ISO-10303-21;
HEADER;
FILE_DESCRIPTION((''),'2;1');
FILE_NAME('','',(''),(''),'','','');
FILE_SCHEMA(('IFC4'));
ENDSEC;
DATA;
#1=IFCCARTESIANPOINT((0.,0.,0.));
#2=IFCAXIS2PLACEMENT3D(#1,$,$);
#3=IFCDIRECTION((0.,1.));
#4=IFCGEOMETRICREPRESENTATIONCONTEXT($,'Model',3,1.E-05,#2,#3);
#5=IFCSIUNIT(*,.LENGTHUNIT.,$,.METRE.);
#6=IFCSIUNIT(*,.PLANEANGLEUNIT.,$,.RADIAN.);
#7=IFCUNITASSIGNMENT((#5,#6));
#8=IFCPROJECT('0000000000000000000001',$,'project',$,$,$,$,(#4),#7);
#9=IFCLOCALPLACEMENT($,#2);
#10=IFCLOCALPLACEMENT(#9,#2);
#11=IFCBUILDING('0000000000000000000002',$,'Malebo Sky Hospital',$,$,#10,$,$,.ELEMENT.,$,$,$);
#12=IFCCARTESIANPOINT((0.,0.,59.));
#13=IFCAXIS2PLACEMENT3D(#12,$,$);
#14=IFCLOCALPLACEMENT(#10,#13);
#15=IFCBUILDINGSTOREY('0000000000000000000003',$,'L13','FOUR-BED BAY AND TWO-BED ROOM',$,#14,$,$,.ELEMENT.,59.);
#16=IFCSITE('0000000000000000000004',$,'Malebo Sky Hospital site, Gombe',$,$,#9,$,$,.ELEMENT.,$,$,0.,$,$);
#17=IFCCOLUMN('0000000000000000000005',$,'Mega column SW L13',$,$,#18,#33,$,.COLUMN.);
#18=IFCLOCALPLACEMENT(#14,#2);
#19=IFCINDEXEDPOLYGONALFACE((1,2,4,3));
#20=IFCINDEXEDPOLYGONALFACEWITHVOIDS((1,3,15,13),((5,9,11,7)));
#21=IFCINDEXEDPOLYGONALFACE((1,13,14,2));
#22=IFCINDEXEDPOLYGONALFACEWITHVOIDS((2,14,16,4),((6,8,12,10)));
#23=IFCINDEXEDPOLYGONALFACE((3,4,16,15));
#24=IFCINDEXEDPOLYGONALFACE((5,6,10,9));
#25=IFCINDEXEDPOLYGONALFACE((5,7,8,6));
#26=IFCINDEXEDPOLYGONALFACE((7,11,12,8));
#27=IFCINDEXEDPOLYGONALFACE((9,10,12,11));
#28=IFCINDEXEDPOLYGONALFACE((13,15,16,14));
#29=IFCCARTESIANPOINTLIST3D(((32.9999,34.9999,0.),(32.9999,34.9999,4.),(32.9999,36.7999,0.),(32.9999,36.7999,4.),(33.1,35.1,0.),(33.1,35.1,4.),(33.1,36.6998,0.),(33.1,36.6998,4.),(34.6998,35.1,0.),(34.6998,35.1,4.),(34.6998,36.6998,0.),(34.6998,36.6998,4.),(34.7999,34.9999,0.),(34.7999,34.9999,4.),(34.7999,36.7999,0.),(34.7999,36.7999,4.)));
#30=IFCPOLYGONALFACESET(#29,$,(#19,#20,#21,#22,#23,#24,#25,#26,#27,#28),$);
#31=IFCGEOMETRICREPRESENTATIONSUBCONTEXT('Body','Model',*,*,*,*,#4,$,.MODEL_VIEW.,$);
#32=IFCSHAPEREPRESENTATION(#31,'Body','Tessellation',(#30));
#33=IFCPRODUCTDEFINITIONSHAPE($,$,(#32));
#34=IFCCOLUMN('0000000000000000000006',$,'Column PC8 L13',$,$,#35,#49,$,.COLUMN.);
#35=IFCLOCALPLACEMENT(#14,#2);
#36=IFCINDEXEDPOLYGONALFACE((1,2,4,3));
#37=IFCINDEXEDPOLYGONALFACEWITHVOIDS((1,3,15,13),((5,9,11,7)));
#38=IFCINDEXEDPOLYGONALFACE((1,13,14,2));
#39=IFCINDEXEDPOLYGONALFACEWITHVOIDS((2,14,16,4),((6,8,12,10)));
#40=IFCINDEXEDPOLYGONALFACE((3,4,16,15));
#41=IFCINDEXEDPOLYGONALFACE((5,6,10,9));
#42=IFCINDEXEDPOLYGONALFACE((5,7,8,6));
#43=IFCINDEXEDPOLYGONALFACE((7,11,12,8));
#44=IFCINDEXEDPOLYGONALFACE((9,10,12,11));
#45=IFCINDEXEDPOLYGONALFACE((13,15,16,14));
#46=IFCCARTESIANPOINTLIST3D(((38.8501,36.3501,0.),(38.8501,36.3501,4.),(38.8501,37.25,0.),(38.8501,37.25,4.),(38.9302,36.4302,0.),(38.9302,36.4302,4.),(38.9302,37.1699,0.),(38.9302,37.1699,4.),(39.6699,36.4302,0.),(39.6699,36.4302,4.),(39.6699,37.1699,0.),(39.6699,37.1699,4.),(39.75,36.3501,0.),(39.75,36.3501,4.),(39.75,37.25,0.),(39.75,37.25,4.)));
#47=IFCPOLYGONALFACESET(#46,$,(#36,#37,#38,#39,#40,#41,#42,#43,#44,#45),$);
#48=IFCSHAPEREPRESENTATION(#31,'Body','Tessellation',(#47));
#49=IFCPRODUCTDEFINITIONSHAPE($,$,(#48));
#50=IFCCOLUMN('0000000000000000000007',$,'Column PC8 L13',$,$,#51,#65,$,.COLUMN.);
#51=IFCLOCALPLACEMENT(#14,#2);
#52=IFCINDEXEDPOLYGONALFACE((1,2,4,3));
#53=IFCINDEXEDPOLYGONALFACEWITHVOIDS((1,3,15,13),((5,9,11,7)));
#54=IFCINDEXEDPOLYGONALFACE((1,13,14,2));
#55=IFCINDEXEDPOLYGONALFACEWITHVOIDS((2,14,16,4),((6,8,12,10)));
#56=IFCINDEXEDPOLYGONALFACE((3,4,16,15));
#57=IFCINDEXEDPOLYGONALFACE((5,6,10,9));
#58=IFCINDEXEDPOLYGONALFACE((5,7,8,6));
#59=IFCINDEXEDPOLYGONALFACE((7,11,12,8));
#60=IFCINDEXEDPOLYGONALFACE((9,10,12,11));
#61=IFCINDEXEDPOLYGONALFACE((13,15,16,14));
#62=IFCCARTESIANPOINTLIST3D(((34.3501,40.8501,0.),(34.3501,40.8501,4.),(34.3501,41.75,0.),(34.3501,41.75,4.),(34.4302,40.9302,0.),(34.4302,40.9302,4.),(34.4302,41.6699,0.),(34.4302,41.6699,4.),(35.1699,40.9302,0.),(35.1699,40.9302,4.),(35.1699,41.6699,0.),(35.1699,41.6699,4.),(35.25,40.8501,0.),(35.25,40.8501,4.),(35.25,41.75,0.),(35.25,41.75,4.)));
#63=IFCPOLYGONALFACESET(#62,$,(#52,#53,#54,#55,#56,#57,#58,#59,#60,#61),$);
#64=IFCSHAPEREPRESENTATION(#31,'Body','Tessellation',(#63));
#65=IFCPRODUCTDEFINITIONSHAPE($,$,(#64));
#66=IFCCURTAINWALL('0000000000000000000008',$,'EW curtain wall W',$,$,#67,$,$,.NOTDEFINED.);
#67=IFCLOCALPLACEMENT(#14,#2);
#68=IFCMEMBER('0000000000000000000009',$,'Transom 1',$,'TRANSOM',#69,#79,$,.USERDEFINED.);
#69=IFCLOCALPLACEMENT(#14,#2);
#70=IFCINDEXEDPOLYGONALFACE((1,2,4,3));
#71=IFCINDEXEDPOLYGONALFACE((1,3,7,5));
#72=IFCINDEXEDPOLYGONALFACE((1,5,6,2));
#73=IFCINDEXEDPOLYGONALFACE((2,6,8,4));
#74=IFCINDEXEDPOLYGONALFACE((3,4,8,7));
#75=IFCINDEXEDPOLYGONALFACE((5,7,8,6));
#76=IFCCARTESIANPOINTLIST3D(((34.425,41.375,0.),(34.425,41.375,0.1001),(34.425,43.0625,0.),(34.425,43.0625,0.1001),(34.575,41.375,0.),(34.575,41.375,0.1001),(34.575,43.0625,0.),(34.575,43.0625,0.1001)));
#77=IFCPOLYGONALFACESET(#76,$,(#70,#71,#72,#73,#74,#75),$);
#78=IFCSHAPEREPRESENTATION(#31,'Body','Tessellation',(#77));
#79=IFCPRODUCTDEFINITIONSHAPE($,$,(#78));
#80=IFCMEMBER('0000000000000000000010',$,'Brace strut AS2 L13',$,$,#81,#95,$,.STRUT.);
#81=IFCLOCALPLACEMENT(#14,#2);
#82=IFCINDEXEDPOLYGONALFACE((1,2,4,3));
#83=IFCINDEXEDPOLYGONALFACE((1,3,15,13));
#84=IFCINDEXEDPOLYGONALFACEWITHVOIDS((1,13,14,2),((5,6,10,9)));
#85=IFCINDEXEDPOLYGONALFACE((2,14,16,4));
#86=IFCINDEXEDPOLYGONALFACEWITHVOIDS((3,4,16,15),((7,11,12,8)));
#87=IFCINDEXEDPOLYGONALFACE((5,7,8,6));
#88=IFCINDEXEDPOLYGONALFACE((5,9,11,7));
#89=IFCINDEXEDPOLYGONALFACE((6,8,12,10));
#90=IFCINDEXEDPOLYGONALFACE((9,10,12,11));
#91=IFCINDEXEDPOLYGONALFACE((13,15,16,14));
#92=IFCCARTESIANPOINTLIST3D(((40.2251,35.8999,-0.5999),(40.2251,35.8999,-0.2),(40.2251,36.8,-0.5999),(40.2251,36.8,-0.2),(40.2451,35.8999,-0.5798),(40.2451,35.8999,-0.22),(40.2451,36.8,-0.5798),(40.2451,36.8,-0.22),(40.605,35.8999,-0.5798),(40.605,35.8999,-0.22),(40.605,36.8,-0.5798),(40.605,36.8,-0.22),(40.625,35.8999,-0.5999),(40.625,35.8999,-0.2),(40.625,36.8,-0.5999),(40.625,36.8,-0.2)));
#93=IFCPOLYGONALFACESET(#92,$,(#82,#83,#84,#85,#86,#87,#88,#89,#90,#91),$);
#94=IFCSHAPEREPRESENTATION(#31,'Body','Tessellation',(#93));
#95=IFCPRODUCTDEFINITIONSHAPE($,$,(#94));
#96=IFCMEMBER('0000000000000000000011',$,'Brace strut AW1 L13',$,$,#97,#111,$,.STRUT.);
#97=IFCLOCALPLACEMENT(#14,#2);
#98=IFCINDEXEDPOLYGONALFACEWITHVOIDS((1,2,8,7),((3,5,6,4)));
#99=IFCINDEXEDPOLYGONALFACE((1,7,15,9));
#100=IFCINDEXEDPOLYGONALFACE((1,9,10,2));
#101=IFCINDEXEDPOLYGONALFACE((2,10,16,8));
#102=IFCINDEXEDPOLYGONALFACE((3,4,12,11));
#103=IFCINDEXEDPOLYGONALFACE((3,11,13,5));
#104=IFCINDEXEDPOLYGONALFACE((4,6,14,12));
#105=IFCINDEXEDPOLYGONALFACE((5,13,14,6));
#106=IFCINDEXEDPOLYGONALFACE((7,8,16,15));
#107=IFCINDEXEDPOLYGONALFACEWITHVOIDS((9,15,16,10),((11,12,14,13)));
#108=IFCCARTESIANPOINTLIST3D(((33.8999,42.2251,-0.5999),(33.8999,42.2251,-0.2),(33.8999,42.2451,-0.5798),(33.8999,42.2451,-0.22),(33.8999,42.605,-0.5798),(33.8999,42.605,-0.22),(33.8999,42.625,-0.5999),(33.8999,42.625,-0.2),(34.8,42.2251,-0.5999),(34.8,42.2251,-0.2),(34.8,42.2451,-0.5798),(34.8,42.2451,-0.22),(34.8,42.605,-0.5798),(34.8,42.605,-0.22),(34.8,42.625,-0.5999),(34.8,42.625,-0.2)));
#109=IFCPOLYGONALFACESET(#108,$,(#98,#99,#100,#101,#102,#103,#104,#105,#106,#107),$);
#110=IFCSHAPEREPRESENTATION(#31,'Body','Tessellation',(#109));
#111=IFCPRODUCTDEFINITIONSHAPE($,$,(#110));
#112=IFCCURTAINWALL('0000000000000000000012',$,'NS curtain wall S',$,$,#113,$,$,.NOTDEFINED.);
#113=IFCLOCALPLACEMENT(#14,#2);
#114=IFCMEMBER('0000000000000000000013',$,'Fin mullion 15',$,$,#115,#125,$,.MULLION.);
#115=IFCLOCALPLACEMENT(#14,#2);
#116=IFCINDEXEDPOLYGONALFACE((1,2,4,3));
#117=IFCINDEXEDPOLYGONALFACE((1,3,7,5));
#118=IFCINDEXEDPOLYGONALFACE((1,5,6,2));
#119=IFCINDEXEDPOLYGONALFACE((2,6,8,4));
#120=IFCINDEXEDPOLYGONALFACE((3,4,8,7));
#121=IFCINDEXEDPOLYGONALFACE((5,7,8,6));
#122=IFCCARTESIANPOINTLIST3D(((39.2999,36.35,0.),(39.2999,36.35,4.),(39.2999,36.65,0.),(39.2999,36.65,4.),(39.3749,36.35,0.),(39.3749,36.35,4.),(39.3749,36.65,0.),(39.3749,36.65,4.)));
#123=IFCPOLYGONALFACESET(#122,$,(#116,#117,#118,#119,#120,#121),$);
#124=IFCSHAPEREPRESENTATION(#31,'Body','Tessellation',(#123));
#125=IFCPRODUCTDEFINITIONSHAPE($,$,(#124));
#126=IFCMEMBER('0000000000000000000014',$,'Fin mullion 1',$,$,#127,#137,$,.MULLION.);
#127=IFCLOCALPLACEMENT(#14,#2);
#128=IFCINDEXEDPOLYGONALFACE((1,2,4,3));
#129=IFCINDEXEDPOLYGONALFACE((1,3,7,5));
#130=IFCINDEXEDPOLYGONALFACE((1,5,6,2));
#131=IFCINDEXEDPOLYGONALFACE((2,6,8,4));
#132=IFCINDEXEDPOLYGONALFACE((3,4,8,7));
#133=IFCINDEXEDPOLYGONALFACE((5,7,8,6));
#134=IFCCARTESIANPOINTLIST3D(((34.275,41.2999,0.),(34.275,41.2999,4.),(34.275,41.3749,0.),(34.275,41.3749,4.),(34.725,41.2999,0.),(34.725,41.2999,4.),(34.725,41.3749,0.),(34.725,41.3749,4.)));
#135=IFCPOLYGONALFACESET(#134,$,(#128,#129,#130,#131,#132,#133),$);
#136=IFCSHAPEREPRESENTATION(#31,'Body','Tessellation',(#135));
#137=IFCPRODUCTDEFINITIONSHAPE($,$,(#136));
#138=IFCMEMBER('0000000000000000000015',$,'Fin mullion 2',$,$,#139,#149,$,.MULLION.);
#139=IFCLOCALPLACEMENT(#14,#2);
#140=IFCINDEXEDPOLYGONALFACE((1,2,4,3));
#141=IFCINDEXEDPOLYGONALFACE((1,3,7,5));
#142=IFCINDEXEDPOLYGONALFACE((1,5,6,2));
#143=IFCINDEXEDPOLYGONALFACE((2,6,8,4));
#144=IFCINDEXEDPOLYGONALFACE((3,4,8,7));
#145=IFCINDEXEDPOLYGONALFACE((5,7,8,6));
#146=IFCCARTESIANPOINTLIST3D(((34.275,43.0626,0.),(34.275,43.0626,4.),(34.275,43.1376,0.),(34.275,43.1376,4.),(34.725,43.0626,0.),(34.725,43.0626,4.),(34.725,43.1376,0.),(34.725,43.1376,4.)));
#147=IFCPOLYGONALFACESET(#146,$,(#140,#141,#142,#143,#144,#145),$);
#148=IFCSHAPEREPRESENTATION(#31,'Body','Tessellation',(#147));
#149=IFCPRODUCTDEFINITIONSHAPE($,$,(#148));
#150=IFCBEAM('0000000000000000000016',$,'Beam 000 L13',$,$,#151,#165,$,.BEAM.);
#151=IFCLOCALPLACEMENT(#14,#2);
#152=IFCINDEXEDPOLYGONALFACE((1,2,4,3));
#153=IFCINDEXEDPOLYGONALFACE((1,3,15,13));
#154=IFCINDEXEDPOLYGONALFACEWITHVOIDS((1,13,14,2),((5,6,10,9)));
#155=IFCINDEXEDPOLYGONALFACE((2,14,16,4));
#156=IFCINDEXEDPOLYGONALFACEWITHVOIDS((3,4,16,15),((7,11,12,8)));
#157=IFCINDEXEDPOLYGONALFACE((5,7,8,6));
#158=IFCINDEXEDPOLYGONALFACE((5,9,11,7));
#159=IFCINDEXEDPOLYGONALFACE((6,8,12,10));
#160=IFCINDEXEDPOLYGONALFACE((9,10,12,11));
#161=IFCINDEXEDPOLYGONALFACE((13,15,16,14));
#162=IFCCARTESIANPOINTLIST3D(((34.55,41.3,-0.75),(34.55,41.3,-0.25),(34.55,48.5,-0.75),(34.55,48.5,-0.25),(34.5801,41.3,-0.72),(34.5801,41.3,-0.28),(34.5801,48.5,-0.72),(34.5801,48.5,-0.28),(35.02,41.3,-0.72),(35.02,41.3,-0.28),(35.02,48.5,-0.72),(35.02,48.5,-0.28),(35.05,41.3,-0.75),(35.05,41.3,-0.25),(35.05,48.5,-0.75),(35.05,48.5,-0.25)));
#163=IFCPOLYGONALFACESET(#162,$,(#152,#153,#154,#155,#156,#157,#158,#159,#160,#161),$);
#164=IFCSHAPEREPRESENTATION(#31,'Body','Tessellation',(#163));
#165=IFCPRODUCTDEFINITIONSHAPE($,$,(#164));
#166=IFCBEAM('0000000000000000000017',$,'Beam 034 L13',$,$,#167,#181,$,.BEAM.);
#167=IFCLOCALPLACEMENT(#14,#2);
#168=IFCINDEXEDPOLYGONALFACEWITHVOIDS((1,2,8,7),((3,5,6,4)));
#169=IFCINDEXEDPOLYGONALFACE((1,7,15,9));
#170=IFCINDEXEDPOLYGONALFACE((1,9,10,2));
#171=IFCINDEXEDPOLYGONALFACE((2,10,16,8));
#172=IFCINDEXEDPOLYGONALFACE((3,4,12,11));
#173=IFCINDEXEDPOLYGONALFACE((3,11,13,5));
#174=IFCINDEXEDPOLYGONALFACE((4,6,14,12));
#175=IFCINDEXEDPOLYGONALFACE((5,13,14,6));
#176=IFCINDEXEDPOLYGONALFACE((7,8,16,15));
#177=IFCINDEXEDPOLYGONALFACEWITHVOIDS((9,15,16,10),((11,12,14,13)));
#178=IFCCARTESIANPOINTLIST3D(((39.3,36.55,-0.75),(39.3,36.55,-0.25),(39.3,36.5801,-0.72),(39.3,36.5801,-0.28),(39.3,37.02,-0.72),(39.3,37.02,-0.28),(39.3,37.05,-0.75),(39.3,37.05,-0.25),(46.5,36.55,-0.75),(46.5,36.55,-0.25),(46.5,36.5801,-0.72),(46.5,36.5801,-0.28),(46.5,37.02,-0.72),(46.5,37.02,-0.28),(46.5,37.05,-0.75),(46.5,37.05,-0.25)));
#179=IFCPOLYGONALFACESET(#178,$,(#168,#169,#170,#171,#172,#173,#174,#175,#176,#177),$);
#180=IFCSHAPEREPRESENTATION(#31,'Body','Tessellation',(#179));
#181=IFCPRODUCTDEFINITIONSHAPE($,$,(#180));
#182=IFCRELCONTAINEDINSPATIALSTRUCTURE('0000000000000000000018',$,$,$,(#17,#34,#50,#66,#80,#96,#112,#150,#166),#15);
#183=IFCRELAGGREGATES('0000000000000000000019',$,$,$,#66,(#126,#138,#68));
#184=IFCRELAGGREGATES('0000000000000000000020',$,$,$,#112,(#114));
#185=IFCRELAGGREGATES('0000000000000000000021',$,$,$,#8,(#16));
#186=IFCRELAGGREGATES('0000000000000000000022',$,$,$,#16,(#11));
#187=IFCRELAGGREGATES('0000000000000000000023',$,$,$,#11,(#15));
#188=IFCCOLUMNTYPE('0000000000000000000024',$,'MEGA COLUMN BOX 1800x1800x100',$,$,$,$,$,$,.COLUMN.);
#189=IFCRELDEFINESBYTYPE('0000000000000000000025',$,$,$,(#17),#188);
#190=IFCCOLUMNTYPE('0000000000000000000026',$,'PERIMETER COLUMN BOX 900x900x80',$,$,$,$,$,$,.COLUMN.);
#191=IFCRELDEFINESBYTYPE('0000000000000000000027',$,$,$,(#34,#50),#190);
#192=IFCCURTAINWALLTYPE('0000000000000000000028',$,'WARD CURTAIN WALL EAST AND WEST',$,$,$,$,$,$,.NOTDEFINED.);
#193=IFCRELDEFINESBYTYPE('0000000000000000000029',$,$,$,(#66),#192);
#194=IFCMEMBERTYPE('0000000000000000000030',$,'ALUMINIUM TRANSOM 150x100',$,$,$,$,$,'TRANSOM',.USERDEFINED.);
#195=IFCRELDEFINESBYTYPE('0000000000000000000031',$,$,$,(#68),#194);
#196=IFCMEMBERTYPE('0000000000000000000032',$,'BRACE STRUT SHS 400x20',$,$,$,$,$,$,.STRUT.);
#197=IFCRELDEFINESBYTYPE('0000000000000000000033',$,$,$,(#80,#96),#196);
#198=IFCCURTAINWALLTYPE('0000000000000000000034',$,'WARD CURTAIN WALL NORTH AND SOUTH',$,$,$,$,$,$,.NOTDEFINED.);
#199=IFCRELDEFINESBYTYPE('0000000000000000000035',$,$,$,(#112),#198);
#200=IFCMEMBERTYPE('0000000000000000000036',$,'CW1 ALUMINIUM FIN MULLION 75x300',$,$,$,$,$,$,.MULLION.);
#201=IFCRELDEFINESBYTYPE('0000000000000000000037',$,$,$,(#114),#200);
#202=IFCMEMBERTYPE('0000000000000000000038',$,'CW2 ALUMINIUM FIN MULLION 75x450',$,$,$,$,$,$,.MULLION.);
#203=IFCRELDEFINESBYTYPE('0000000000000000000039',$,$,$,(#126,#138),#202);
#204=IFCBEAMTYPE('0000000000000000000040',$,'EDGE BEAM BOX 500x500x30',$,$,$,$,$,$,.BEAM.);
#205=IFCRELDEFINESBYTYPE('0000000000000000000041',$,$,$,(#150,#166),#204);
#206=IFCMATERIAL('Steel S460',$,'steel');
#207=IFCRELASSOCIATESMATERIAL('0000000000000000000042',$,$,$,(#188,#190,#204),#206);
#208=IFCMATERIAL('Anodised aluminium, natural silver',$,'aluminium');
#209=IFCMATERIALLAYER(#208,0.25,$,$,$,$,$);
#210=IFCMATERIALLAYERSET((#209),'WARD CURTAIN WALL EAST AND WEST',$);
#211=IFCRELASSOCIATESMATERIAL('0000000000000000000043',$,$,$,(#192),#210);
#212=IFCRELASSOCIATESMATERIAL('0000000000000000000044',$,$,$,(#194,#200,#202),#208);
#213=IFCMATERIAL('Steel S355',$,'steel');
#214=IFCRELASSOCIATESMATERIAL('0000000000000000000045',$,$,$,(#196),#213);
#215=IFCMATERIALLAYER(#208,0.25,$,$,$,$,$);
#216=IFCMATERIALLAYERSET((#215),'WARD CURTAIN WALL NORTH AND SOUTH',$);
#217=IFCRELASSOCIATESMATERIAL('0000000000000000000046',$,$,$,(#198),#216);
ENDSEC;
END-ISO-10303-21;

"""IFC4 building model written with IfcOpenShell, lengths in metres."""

from ifc_helpers import new_model, si_unit, direction, frame, origin, origin_2d, place, context, subcontext, project, spatial, rectangle, hollow_rectangle, extrude, material, layer, layer_set, material_profile, profile_set, type_object, element, aggregate, save


model = new_model("IFC4")

# Units and contexts
model_context = context("Model", 3, precision=1e-05, world=origin(), true_north=direction((0.0, 1.0)))
body_context = subcontext(model_context, "Body", "Model", "MODEL_VIEW")
ifc_project = project(units=[si_unit("LENGTHUNIT", "METRE"), si_unit("PLANEANGLEUNIT", "RADIAN")], contexts=[model_context])

# Site, building, storey
site_placement = place(None, origin())
site = spatial("IfcSite", under=ifc_project, at=site_placement, Name="Malebo Sky Hospital site, Gombe", CompositionType="ELEMENT", RefElevation=0.0)
building_placement = place(site_placement, origin())
building = spatial("IfcBuilding", under=site, at=building_placement, Name="Malebo Sky Hospital", CompositionType="ELEMENT")
storey_placement = place(building_placement, frame((0.0, 0.0, 59.0)))
storey = spatial("IfcBuildingStorey", under=building, at=storey_placement, Name="L13", Description="FOUR-BED BAY AND TWO-BED ROOM", CompositionType="ELEMENT", Elevation=59.0)

# Columns
ifc_material_1 = material(Name="Steel S460", Category="steel")
ifc_material_profile_1 = material_profile(ifc_material_1, hollow_rectangle(XDim=1.8, YDim=1.8, WallThickness=0.1001, at=origin_2d()), Name="BOX 1800x1800x100")
ifc_profile_set_1 = profile_set([ifc_material_profile_1], Name="Steel S460")
column_type_1 = type_object("IfcColumnType", Name="MEGA COLUMN BOX 1800x1800x100", PredefinedType="COLUMN", material=ifc_profile_set_1)
column_placement = place(storey_placement, frame((33.8999, 35.8999, 0.0), z_axis=(0.0, 0.0, 1.0), x_axis=(1.0, 0.0, 0.0)))
element("IfcColumn", 1, at=column_placement, inside=storey, type_object=column_type_1, Name="Mega column SW L13", PredefinedType="COLUMN", context=body_context, shape_type="SweptSolid", body=[
    extrude(hollow_rectangle(XDim=1.8, YDim=1.8, WallThickness=0.1001, at=origin_2d()), origin(), (0.0, 0.0, 1.0), 4.0),
])
ifc_material_profile_2 = material_profile(ifc_material_1, hollow_rectangle(XDim=0.8999, YDim=0.8999, WallThickness=0.0801, at=origin_2d()), Name="BOX 900x900x80")
ifc_profile_set_2 = profile_set([ifc_material_profile_2], Name="Steel S460")
column_type_2 = type_object("IfcColumnType", Name="PERIMETER COLUMN BOX 900x900x80", PredefinedType="COLUMN", material=ifc_profile_set_2)
for number, where, z_axis, x_axis, name in (
    (2, (39.3, 36.8, 0.0), (0.0, 0.0, 1.0), (1.0, 0.0, 0.0), "Column PC8 L13"),
    (3, (34.8, 41.3, 0.0), (0.0, 0.0, 1.0), (1.0, 0.0, 0.0), "Column PC8 L13"),
):
    element("IfcColumn", number, at=place(storey_placement, frame(where, z_axis=z_axis, x_axis=x_axis)), inside=storey, type_object=column_type_2, Name=name, PredefinedType="COLUMN", context=body_context, shape_type="SweptSolid", body=[
        extrude(hollow_rectangle(XDim=0.8999, YDim=0.8999, WallThickness=0.0801, at=origin_2d()), origin(), (0.0, 0.0, 1.0), 4.0),
    ])

# Curtain wall, member
ifc_material_2 = material(Name="Anodised aluminium, natural silver", Category="aluminium")
ifc_layer_1 = layer(ifc_material_2, 0.25)
ifc_layer_set_1 = layer_set([ifc_layer_1], Name="WARD CURTAIN WALL EAST AND WEST")
curtain_wall_type_1 = type_object("IfcCurtainWallType", Name="WARD CURTAIN WALL EAST AND WEST", PredefinedType="NOTDEFINED", material=ifc_layer_set_1)
curtain_wall_1_placement = place(storey_placement, origin())
curtain_wall_1 = element("IfcCurtainWall", 4, at=curtain_wall_1_placement, inside=storey, type_object=curtain_wall_type_1, Name="EW curtain wall W", PredefinedType="NOTDEFINED")
ifc_material_profile_3 = material_profile(ifc_material_2, rectangle(XDim=0.1499, YDim=0.1001, at=origin_2d()), Name="ALUMINIUM TRANSOM 150x100")
ifc_profile_set_3 = profile_set([ifc_material_profile_3], Name="Anodised aluminium, natural silver")
member_type_1 = type_object("IfcMemberType", Name="ALUMINIUM TRANSOM 150x100", ElementType="TRANSOM", PredefinedType="USERDEFINED", material=ifc_profile_set_3)
member_1_placement = place(storey_placement, frame((34.5, 41.375, 0.05), z_axis=(0.0, 1.0, 0.0), x_axis=(-1.0, 0.0, 0.0)))
member_1 = element("IfcMember", 5, at=member_1_placement, type_object=member_type_1, Name="Transom 1", ObjectType="TRANSOM", PredefinedType="USERDEFINED", context=body_context, shape_type="SweptSolid", body=[
    extrude(rectangle(XDim=0.1499, YDim=0.1001, at=origin_2d()), origin(), (0.0, 0.0, 1.0), 1.6875),
])

# Members
ifc_material_3 = material(Name="Steel S355", Category="steel")
ifc_material_profile_4 = material_profile(ifc_material_3, hollow_rectangle(XDim=0.3999, YDim=0.3999, WallThickness=0.02, at=origin_2d()), Name="SHS 400x20")
ifc_profile_set_4 = profile_set([ifc_material_profile_4], Name="Steel S355")
member_type_2 = type_object("IfcMemberType", Name="BRACE STRUT SHS 400x20", PredefinedType="STRUT", material=ifc_profile_set_4)
for number, where, z_axis, x_axis, name in (
    (6, (40.425, 35.8999, -0.3999), (0.0, 1.0, 0.0), (-1.0, 0.0, 0.0), "Brace strut AS2 L13"),
    (7, (33.8999, 42.425, -0.3999), (1.0, 0.0, 0.0), (0.0, 1.0, 0.0), "Brace strut AW1 L13"),
):
    element("IfcMember", number, at=place(storey_placement, frame(where, z_axis=z_axis, x_axis=x_axis)), inside=storey, type_object=member_type_2, Name=name, PredefinedType="STRUT", context=body_context, shape_type="SweptSolid", body=[
        extrude(hollow_rectangle(XDim=0.3999, YDim=0.3999, WallThickness=0.02, at=origin_2d()), origin(), (0.0, 0.0, 1.0), 0.9001),
    ])

# Curtain wall, member
ifc_layer_2 = layer(ifc_material_2, 0.25)
ifc_layer_set_2 = layer_set([ifc_layer_2], Name="WARD CURTAIN WALL NORTH AND SOUTH")
curtain_wall_type_2 = type_object("IfcCurtainWallType", Name="WARD CURTAIN WALL NORTH AND SOUTH", PredefinedType="NOTDEFINED", material=ifc_layer_set_2)
curtain_wall_2_placement = place(storey_placement, origin())
curtain_wall_2 = element("IfcCurtainWall", 8, at=curtain_wall_2_placement, inside=storey, type_object=curtain_wall_type_2, Name="NS curtain wall S", PredefinedType="NOTDEFINED")
ifc_material_profile_5 = material_profile(ifc_material_2, rectangle(XDim=0.075, YDim=0.3, at=origin_2d()), Name="CW1 ALUMINIUM FIN MULLION 75x300")
ifc_profile_set_5 = profile_set([ifc_material_profile_5], Name="Anodised aluminium, natural silver")
member_type_3 = type_object("IfcMemberType", Name="CW1 ALUMINIUM FIN MULLION 75x300", PredefinedType="MULLION", material=ifc_profile_set_5)
member_2_placement = place(storey_placement, frame((39.3374, 36.5, 0.0), z_axis=(0.0, 0.0, 1.0), x_axis=(-1.0, 0.0, 0.0)))
member_2 = element("IfcMember", 9, at=member_2_placement, type_object=member_type_3, Name="Fin mullion 15", PredefinedType="MULLION", context=body_context, shape_type="SweptSolid", body=[
    extrude(rectangle(XDim=0.075, YDim=0.3, at=origin_2d()), origin(), (0.0, 0.0, 1.0), 4.0),
])

# Members
ifc_material_profile_6 = material_profile(ifc_material_2, rectangle(XDim=0.075, YDim=0.45, at=origin_2d()), Name="CW2 ALUMINIUM FIN MULLION 75x450")
ifc_profile_set_6 = profile_set([ifc_material_profile_6], Name="Anodised aluminium, natural silver")
member_type_4 = type_object("IfcMemberType", Name="CW2 ALUMINIUM FIN MULLION 75x450", PredefinedType="MULLION", material=ifc_profile_set_6)
member_3_placement = place(storey_placement, frame((34.5, 41.3374, 0.0), z_axis=(0.0, 0.0, 1.0), x_axis=(0.0, 1.0, 0.0)))
member_3 = element("IfcMember", 10, at=member_3_placement, type_object=member_type_4, Name="Fin mullion 1", PredefinedType="MULLION", context=body_context, shape_type="SweptSolid", body=[
    extrude(rectangle(XDim=0.075, YDim=0.45, at=origin_2d()), origin(), (0.0, 0.0, 1.0), 4.0),
])
member_4_placement = place(storey_placement, frame((34.5, 43.1001, 0.0), z_axis=(0.0, 0.0, 1.0), x_axis=(0.0, 1.0, 0.0)))
member_4 = element("IfcMember", 11, at=member_4_placement, type_object=member_type_4, Name="Fin mullion 2", PredefinedType="MULLION", context=body_context, shape_type="SweptSolid", body=[
    extrude(rectangle(XDim=0.075, YDim=0.45, at=origin_2d()), origin(), (0.0, 0.0, 1.0), 4.0),
])

# Beams
ifc_material_profile_7 = material_profile(ifc_material_1, hollow_rectangle(XDim=0.5, YDim=0.5, WallThickness=0.03, at=origin_2d()), Name="BOX 500x500x30")
ifc_profile_set_7 = profile_set([ifc_material_profile_7], Name="Steel S460")
beam_type_1 = type_object("IfcBeamType", Name="EDGE BEAM BOX 500x500x30", PredefinedType="BEAM", material=ifc_profile_set_7)
for number, where, z_axis, x_axis, name in (
    (12, (34.8, 41.3, -0.5), (0.0, 1.0, 0.0), (-1.0, 0.0, 0.0), "Beam 000 L13"),
    (13, (39.3, 36.8, -0.5), (1.0, 0.0, 0.0), (0.0, 1.0, 0.0), "Beam 034 L13"),
):
    element("IfcBeam", number, at=place(storey_placement, frame(where, z_axis=z_axis, x_axis=x_axis)), inside=storey, type_object=beam_type_1, Name=name, PredefinedType="BEAM", context=body_context, shape_type="SweptSolid", body=[
        extrude(hollow_rectangle(XDim=0.5, YDim=0.5, WallThickness=0.03, at=origin_2d()), origin(), (0.0, 0.0, 1.0), 7.2),
    ])

aggregate(curtain_wall_1, [member_3, member_4, member_1])
aggregate(curtain_wall_2, [member_2])

save(model, "model.ifc")
